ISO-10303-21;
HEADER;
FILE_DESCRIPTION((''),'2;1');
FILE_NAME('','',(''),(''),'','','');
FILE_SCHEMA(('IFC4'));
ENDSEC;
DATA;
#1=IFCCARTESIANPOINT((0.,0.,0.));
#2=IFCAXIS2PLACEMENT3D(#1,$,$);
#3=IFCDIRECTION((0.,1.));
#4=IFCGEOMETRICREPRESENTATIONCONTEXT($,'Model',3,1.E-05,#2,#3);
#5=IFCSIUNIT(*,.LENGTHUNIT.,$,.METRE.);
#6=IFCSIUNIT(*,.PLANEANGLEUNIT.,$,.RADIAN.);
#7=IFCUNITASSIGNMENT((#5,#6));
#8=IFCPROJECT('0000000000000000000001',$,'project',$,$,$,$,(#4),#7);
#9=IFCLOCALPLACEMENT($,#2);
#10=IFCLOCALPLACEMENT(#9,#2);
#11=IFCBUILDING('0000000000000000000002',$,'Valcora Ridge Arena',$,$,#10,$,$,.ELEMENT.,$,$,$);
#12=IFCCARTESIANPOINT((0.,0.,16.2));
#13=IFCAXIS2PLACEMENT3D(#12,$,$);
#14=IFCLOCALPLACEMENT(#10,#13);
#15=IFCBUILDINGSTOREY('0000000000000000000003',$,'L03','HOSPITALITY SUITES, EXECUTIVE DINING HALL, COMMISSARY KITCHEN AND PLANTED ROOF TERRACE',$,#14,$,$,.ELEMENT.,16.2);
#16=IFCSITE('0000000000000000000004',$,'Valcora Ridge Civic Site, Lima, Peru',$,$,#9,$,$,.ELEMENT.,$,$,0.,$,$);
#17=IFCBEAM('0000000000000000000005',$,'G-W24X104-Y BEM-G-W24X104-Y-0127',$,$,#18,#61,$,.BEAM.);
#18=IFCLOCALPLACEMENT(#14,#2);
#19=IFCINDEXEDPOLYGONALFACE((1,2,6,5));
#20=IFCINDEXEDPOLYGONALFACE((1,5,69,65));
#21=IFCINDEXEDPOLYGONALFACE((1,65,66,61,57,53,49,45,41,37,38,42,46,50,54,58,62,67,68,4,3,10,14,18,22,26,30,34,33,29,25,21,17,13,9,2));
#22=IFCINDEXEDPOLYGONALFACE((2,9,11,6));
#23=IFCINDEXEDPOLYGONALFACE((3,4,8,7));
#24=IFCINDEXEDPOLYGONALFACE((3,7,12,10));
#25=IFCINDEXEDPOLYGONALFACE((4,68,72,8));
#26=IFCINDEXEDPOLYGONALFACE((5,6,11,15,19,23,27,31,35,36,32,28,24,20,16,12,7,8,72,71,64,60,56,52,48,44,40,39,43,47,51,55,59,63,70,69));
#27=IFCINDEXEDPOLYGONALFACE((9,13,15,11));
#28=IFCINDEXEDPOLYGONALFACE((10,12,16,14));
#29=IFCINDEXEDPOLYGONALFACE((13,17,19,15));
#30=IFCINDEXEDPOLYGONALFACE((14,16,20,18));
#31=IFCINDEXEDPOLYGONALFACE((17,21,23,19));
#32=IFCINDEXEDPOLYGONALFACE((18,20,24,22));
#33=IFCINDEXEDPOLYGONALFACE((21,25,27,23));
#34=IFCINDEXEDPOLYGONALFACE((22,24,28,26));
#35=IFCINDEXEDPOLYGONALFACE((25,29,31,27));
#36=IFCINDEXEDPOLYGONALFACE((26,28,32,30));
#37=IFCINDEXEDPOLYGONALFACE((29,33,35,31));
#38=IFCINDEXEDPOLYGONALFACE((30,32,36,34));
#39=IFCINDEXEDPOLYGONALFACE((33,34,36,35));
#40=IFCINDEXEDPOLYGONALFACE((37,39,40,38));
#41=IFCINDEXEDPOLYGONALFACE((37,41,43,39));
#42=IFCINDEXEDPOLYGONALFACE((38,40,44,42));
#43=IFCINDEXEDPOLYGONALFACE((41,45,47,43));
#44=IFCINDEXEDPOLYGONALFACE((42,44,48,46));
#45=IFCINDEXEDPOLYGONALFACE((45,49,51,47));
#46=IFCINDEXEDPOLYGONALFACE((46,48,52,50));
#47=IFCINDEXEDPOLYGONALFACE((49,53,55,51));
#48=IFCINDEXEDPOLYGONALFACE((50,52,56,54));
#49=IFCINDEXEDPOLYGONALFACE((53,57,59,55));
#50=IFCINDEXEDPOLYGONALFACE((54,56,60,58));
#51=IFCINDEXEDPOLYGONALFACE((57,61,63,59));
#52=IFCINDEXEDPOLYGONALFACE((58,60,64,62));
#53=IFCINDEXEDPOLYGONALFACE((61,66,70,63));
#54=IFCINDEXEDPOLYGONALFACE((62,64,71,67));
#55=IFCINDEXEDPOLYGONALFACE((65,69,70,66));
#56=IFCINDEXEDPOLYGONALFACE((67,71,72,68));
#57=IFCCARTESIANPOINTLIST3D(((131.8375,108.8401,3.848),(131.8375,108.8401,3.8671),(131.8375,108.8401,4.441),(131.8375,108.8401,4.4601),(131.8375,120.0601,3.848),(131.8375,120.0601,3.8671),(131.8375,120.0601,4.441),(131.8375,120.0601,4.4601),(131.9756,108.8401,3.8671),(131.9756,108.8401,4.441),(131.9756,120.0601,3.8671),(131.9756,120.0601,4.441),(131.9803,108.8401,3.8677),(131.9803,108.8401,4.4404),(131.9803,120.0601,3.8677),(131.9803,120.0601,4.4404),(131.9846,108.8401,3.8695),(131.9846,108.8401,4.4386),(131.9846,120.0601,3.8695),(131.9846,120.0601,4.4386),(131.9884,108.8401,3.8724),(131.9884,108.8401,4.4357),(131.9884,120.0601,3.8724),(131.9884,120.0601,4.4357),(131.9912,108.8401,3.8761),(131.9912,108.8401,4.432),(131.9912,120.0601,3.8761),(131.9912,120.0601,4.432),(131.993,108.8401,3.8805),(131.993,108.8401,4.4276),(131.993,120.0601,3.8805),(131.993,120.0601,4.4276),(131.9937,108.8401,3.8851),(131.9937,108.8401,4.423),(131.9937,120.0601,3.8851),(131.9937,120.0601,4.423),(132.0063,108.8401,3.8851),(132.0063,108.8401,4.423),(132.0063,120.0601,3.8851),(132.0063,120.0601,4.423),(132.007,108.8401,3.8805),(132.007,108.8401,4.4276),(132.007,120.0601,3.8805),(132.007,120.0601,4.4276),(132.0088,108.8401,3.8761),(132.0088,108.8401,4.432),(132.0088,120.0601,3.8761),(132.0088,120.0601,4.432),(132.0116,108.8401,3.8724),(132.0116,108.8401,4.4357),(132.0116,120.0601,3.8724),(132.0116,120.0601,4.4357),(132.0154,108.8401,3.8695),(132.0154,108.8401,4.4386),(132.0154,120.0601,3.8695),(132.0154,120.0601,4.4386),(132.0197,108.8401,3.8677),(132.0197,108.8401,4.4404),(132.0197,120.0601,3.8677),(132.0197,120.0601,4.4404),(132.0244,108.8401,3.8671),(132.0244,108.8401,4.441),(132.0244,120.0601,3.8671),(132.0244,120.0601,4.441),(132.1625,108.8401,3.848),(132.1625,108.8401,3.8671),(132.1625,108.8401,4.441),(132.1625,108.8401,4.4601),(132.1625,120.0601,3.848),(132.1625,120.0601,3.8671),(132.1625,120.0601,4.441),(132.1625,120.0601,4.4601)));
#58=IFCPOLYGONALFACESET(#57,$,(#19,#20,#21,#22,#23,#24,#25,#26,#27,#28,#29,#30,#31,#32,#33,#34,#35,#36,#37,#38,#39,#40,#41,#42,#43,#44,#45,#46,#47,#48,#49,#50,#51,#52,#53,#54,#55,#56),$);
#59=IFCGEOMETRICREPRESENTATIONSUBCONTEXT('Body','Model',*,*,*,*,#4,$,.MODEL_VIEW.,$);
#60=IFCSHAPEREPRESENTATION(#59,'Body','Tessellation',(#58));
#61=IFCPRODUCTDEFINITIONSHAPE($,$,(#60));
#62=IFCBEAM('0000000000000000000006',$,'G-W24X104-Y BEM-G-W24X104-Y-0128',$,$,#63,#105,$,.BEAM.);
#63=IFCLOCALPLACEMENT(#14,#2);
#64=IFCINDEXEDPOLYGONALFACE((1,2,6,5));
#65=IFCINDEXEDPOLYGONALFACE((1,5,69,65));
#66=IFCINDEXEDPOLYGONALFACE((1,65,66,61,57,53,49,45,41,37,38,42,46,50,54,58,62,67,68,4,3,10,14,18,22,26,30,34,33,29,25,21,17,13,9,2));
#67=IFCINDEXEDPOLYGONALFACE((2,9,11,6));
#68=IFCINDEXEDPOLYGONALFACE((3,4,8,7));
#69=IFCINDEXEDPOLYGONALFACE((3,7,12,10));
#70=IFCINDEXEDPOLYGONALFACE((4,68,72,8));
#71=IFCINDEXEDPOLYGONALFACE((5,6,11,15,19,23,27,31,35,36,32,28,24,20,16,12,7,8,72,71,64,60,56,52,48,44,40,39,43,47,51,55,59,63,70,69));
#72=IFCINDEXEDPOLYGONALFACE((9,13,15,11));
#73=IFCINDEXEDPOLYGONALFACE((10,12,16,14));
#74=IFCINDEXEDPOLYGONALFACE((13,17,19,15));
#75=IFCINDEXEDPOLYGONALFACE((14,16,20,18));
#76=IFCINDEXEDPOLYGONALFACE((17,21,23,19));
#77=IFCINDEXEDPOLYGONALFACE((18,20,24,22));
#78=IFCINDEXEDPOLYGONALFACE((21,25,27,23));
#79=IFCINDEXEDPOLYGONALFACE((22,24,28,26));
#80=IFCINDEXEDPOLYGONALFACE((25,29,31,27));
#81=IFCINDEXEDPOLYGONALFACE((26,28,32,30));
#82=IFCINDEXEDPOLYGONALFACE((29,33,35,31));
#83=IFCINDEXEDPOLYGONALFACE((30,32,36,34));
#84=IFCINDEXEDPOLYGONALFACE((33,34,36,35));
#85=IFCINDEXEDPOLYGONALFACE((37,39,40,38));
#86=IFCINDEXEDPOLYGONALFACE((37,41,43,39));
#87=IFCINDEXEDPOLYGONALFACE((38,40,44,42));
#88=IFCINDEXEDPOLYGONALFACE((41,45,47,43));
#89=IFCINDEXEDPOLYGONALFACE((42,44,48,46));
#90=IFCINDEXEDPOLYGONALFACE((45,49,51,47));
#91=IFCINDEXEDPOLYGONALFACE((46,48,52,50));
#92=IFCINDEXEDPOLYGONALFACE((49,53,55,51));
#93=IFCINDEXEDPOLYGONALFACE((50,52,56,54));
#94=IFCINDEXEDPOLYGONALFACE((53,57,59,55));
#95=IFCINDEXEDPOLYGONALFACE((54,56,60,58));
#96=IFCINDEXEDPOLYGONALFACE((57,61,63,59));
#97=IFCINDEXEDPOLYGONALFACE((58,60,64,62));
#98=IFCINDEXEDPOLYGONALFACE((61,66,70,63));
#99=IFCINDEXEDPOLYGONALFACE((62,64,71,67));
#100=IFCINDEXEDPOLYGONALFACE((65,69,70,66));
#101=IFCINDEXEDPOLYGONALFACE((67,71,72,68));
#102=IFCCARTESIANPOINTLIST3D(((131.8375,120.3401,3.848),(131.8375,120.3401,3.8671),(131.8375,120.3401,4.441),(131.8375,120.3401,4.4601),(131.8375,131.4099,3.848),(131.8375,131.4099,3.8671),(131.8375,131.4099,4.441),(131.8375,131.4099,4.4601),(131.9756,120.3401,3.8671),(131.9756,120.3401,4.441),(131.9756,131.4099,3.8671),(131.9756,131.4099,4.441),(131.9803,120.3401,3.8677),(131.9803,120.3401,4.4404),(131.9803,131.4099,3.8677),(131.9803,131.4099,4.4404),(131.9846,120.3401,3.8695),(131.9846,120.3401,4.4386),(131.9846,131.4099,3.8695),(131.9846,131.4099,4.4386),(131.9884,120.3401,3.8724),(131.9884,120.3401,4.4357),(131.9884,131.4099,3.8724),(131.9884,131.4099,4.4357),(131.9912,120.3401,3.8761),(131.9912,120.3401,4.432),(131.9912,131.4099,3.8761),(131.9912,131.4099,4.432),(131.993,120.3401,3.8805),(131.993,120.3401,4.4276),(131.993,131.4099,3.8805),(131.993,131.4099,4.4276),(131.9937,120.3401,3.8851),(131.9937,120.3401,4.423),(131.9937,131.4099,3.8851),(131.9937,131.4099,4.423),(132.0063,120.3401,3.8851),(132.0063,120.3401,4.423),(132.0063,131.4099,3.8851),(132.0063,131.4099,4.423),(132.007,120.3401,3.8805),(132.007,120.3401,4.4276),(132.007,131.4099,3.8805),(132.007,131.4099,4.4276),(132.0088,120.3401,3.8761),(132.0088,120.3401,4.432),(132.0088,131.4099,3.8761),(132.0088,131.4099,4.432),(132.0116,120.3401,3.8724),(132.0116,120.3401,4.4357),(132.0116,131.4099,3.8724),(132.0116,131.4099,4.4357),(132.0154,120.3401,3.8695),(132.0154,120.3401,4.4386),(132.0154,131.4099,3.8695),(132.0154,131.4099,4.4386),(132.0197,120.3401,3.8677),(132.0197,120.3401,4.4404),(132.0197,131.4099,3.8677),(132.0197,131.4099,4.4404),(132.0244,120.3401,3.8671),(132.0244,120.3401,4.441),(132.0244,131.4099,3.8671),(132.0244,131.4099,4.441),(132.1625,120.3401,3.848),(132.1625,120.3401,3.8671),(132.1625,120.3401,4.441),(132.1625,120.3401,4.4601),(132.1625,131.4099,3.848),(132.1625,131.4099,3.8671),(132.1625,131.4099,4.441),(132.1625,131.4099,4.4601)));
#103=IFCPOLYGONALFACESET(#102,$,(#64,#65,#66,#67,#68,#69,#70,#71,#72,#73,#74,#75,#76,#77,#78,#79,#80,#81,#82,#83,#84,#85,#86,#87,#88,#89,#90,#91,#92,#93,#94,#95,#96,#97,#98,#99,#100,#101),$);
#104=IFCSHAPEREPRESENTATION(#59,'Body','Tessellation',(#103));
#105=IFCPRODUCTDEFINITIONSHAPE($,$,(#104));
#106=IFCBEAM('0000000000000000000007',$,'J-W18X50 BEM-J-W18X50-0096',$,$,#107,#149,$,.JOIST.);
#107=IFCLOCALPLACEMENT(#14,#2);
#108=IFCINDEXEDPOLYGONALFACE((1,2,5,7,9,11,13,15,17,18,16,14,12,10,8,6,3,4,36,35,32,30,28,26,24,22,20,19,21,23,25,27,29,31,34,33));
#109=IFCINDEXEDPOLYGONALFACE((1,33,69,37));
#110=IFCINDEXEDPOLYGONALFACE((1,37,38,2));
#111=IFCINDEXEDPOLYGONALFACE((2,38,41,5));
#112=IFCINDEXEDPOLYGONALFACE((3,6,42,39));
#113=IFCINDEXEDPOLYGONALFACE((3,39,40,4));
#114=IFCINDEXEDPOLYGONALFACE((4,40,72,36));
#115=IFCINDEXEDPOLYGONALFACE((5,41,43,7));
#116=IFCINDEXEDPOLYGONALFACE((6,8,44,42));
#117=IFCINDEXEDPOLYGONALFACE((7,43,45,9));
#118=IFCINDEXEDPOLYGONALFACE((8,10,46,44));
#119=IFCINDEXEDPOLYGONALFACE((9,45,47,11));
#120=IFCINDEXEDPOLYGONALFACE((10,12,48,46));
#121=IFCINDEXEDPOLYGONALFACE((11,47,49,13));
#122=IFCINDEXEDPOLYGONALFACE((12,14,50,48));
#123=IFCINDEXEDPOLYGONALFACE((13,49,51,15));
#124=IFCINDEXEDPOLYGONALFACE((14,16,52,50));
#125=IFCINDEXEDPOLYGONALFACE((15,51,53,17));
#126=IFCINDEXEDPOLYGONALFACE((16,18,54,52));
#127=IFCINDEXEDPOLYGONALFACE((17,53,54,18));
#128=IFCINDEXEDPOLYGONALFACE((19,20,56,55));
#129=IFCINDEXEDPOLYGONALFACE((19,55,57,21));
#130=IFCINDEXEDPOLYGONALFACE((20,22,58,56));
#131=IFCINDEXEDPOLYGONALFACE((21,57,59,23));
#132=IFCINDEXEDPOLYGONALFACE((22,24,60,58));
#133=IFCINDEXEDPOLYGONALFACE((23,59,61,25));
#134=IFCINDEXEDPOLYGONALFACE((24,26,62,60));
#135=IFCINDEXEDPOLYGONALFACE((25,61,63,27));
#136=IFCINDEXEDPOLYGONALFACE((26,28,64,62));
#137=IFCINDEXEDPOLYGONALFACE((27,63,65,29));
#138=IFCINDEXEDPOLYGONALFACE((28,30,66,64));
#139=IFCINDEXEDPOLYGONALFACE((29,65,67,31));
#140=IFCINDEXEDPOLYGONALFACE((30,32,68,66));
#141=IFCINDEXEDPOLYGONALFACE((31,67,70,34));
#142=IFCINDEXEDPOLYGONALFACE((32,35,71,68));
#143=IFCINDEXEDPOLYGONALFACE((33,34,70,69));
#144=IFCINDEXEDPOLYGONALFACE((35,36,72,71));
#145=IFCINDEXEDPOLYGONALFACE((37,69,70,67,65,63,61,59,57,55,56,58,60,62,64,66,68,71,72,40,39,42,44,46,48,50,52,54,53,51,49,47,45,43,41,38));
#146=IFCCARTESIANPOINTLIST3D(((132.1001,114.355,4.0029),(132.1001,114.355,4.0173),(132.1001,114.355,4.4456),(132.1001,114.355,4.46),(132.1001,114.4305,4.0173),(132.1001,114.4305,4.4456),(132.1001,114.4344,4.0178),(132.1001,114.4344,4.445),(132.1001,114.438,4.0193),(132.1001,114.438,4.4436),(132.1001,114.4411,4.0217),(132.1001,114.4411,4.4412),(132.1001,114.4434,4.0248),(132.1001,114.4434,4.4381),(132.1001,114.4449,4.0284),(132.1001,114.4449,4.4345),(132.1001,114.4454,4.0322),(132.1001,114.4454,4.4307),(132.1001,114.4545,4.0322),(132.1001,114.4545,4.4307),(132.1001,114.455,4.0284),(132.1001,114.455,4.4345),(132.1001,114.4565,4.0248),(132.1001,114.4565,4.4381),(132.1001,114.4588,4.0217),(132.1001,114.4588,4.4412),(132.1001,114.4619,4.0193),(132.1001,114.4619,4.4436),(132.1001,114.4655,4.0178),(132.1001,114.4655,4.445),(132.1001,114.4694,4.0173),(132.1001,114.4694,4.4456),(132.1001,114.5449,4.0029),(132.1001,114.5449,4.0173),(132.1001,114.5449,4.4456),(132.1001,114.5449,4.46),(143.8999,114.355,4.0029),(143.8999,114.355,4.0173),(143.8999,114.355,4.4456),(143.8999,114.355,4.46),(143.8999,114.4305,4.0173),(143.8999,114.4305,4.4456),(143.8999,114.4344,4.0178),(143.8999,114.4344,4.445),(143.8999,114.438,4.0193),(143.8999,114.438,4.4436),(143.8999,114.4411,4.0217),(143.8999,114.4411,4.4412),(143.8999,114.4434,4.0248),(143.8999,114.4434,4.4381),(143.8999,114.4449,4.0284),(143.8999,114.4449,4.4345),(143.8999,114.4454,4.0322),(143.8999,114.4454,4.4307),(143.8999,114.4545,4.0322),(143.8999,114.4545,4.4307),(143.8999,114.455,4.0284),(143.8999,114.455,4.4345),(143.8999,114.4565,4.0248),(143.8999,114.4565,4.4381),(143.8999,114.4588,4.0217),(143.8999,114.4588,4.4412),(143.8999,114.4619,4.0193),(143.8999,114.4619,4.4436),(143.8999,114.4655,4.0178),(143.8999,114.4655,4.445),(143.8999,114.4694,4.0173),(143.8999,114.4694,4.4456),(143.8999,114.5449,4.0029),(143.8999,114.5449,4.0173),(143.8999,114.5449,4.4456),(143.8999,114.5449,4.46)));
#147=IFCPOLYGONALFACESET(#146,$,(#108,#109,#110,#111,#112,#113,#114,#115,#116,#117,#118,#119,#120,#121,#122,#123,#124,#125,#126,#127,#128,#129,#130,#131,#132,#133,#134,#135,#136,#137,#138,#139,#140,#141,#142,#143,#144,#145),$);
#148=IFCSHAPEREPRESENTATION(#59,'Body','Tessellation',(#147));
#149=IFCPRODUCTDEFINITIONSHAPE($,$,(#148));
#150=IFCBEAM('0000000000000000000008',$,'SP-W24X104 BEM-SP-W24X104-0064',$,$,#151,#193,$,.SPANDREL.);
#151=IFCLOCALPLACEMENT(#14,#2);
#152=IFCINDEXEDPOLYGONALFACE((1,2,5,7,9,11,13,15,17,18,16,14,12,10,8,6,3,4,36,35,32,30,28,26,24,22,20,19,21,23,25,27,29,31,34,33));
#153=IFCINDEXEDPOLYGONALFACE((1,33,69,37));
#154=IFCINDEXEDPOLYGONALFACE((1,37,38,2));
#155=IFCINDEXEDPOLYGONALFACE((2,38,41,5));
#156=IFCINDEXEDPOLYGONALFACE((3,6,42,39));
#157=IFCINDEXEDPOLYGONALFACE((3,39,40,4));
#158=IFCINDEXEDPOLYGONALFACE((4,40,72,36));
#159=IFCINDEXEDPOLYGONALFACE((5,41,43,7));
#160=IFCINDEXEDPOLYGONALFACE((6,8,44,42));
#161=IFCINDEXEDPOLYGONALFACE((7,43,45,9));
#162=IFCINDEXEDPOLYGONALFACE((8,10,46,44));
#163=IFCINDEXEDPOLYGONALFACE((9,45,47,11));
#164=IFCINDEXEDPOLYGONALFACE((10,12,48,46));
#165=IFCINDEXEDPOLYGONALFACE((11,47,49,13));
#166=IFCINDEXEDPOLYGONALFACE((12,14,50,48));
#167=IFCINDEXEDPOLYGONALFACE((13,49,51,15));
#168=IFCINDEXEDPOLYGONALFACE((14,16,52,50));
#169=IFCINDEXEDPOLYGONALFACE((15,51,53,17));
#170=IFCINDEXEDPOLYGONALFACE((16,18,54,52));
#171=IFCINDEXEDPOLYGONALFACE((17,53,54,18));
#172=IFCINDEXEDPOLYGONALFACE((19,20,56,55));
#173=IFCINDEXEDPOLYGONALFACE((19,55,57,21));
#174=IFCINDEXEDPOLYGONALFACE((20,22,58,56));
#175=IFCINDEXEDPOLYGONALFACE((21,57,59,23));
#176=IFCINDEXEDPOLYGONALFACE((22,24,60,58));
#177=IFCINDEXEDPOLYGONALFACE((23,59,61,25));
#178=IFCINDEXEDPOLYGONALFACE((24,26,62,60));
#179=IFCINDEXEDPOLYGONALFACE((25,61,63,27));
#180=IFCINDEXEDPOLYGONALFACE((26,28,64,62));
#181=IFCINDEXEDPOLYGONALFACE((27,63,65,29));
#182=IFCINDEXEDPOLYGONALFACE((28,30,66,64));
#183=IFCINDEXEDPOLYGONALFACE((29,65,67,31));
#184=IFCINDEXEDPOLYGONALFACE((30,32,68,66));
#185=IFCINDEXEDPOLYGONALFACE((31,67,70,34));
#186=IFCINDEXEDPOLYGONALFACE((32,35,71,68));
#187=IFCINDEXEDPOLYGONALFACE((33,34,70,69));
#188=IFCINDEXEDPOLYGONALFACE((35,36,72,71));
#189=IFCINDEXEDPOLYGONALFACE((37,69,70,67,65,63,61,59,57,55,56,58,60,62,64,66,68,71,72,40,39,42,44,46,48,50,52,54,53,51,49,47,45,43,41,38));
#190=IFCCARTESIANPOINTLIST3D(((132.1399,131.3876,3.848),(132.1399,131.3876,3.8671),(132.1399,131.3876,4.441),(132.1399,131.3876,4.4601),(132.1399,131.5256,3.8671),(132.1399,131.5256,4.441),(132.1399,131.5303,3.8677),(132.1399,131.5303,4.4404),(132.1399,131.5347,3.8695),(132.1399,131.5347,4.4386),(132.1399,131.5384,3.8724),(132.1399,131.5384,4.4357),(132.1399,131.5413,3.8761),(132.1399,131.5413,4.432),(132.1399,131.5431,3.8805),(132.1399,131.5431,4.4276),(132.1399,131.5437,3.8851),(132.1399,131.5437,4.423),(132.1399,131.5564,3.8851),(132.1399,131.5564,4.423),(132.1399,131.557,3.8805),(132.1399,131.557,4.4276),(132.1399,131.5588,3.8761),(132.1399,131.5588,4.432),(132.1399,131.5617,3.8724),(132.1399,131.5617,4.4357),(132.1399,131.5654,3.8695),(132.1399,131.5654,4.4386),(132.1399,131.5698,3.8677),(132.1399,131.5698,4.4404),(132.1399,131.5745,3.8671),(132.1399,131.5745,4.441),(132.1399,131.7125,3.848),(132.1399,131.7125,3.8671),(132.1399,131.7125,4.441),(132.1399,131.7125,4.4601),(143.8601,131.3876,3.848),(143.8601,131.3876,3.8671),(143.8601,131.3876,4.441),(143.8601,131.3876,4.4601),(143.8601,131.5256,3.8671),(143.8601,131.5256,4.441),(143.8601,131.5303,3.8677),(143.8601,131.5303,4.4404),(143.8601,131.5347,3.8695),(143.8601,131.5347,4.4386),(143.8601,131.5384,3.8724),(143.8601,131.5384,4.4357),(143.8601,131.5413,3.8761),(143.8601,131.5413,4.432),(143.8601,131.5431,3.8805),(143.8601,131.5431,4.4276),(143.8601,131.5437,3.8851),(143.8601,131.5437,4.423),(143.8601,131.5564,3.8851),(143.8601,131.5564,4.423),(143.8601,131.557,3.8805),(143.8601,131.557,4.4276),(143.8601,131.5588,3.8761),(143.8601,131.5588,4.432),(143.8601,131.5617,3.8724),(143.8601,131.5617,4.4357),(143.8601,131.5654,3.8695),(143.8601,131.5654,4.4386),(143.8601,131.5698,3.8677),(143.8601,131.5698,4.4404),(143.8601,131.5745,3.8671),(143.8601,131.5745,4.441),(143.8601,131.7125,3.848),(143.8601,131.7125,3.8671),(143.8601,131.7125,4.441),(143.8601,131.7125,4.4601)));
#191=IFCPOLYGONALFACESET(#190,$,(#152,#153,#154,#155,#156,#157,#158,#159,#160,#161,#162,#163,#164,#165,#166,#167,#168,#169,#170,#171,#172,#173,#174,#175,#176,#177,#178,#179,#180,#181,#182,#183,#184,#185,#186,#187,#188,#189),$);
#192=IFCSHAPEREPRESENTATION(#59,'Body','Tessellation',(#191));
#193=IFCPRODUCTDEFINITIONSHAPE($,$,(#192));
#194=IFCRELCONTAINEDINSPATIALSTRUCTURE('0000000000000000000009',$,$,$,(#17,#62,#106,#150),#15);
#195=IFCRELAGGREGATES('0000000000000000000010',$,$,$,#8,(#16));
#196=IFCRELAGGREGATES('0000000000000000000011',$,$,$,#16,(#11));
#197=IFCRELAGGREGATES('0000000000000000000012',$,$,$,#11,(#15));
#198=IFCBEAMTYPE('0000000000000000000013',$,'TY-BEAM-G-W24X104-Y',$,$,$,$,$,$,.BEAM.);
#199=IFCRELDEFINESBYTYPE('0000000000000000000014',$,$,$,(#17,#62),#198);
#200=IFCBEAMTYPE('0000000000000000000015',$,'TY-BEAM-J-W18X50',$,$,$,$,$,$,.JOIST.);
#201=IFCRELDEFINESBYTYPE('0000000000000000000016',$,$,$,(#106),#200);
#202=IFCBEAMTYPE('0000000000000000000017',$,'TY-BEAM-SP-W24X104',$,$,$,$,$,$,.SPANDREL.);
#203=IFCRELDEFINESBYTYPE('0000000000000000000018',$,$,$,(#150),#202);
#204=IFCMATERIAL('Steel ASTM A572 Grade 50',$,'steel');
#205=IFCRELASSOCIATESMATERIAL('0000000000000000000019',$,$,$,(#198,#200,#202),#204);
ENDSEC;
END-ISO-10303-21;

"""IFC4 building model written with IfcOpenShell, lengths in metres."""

from ifc_helpers import new_model, si_unit, direction, frame, origin, origin_2d, place, context, subcontext, project, spatial, i_section, extrude, material, material_profile, profile_set, type_object, element, save


model = new_model("IFC4")

# Units and contexts
model_context = context("Model", 3, precision=1e-05, world=origin(), true_north=direction((0.0, 1.0)))
body_context = subcontext(model_context, "Body", "Model", "MODEL_VIEW")
ifc_project = project(units=[si_unit("LENGTHUNIT", "METRE"), si_unit("PLANEANGLEUNIT", "RADIAN")], contexts=[model_context])

# Site, building, storey
site_placement = place(None, origin())
site = spatial("IfcSite", under=ifc_project, at=site_placement, Name="Valcora Ridge Civic Site, Lima, Peru", CompositionType="ELEMENT", RefElevation=0.0)
building_placement = place(site_placement, origin())
building = spatial("IfcBuilding", under=site, at=building_placement, Name="Valcora Ridge Arena", CompositionType="ELEMENT")
storey_placement = place(building_placement, frame((0.0, 0.0, 16.2)))
storey = spatial("IfcBuildingStorey", under=building, at=storey_placement, Name="L03", Description="HOSPITALITY SUITES, EXECUTIVE DINING HALL, COMMISSARY KITCHEN AND PLANTED ROOF TERRACE", CompositionType="ELEMENT", Elevation=16.2)

# Beams
ifc_material_1 = material(Name="Steel ASTM A572 Grade 50", Category="steel")
ifc_material_profile_1 = material_profile(ifc_material_1, i_section(OverallWidth=0.325, OverallDepth=0.6121, WebThickness=0.0127, FlangeThickness=0.019, FilletRadius=0.0181, at=origin_2d()), Name="W24X104")
ifc_profile_set_1 = profile_set([ifc_material_profile_1], Name="Steel ASTM A572 Grade 50")
beam_type_1 = type_object("IfcBeamType", Name="TY-BEAM-G-W24X104-Y", PredefinedType="BEAM", material=ifc_profile_set_1)
beam_1_placement = place(storey_placement, frame((132.0, 108.8401, 4.1541), z_axis=(0.0, 1.0, 0.0), x_axis=(-1.0, 0.0, 0.0)))
element("IfcBeam", 1, at=beam_1_placement, inside=storey, type_object=beam_type_1, Name="G-W24X104-Y BEM-G-W24X104-Y-0127", PredefinedType="BEAM", context=body_context, shape_type="SweptSolid", body=[
    extrude(i_section(OverallWidth=0.325, OverallDepth=0.6121, WebThickness=0.0127, FlangeThickness=0.019, FilletRadius=0.0181, at=origin_2d()), origin(), (0.0, 0.0, 1.0), 11.22),
])
beam_2_placement = place(storey_placement, frame((132.0, 120.3401, 4.1541), z_axis=(0.0, 1.0, 0.0), x_axis=(-1.0, 0.0, 0.0)))
element("IfcBeam", 2, at=beam_2_placement, inside=storey, type_object=beam_type_1, Name="G-W24X104-Y BEM-G-W24X104-Y-0128", PredefinedType="BEAM", context=body_context, shape_type="SweptSolid", body=[
    extrude(i_section(OverallWidth=0.325, OverallDepth=0.6121, WebThickness=0.0127, FlangeThickness=0.019, FilletRadius=0.0181, at=origin_2d()), origin(), (0.0, 0.0, 1.0), 11.0698),
])
ifc_material_profile_2 = material_profile(ifc_material_1, i_section(OverallWidth=0.1899, OverallDepth=0.457, WebThickness=0.009, FlangeThickness=0.0144, FilletRadius=0.0149, at=origin_2d()), Name="W18X50")
ifc_profile_set_2 = profile_set([ifc_material_profile_2], Name="Steel ASTM A572 Grade 50")
beam_type_2 = type_object("IfcBeamType", Name="TY-BEAM-J-W18X50", PredefinedType="JOIST", material=ifc_profile_set_2)
beam_3_placement = place(storey_placement, frame((132.1001, 114.45, 4.2314), z_axis=(1.0, 0.0, 0.0), x_axis=(0.0, 1.0, 0.0)))
element("IfcBeam", 3, at=beam_3_placement, inside=storey, type_object=beam_type_2, Name="J-W18X50 BEM-J-W18X50-0096", PredefinedType="JOIST", context=body_context, shape_type="SweptSolid", body=[
    extrude(i_section(OverallWidth=0.1899, OverallDepth=0.457, WebThickness=0.009, FlangeThickness=0.0144, FilletRadius=0.0149, at=origin_2d()), origin(), (0.0, 0.0, 1.0), 11.7998),
])
ifc_material_profile_3 = material_profile(ifc_material_1, i_section(OverallWidth=0.325, OverallDepth=0.6121, WebThickness=0.0127, FlangeThickness=0.019, FilletRadius=0.0181, at=origin_2d()), Name="W24X104")
ifc_profile_set_3 = profile_set([ifc_material_profile_3], Name="Steel ASTM A572 Grade 50")
beam_type_3 = type_object("IfcBeamType", Name="TY-BEAM-SP-W24X104", PredefinedType="SPANDREL", material=ifc_profile_set_3)
beam_4_placement = place(storey_placement, frame((132.1399, 131.55, 4.1541), z_axis=(1.0, 0.0, 0.0), x_axis=(0.0, 1.0, 0.0)))
element("IfcBeam", 4, at=beam_4_placement, inside=storey, type_object=beam_type_3, Name="SP-W24X104 BEM-SP-W24X104-0064", PredefinedType="SPANDREL", context=body_context, shape_type="SweptSolid", body=[
    extrude(i_section(OverallWidth=0.325, OverallDepth=0.6121, WebThickness=0.0127, FlangeThickness=0.019, FilletRadius=0.0181, at=origin_2d()), origin(), (0.0, 0.0, 1.0), 11.7202),
])

save(model, "model.ifc")
